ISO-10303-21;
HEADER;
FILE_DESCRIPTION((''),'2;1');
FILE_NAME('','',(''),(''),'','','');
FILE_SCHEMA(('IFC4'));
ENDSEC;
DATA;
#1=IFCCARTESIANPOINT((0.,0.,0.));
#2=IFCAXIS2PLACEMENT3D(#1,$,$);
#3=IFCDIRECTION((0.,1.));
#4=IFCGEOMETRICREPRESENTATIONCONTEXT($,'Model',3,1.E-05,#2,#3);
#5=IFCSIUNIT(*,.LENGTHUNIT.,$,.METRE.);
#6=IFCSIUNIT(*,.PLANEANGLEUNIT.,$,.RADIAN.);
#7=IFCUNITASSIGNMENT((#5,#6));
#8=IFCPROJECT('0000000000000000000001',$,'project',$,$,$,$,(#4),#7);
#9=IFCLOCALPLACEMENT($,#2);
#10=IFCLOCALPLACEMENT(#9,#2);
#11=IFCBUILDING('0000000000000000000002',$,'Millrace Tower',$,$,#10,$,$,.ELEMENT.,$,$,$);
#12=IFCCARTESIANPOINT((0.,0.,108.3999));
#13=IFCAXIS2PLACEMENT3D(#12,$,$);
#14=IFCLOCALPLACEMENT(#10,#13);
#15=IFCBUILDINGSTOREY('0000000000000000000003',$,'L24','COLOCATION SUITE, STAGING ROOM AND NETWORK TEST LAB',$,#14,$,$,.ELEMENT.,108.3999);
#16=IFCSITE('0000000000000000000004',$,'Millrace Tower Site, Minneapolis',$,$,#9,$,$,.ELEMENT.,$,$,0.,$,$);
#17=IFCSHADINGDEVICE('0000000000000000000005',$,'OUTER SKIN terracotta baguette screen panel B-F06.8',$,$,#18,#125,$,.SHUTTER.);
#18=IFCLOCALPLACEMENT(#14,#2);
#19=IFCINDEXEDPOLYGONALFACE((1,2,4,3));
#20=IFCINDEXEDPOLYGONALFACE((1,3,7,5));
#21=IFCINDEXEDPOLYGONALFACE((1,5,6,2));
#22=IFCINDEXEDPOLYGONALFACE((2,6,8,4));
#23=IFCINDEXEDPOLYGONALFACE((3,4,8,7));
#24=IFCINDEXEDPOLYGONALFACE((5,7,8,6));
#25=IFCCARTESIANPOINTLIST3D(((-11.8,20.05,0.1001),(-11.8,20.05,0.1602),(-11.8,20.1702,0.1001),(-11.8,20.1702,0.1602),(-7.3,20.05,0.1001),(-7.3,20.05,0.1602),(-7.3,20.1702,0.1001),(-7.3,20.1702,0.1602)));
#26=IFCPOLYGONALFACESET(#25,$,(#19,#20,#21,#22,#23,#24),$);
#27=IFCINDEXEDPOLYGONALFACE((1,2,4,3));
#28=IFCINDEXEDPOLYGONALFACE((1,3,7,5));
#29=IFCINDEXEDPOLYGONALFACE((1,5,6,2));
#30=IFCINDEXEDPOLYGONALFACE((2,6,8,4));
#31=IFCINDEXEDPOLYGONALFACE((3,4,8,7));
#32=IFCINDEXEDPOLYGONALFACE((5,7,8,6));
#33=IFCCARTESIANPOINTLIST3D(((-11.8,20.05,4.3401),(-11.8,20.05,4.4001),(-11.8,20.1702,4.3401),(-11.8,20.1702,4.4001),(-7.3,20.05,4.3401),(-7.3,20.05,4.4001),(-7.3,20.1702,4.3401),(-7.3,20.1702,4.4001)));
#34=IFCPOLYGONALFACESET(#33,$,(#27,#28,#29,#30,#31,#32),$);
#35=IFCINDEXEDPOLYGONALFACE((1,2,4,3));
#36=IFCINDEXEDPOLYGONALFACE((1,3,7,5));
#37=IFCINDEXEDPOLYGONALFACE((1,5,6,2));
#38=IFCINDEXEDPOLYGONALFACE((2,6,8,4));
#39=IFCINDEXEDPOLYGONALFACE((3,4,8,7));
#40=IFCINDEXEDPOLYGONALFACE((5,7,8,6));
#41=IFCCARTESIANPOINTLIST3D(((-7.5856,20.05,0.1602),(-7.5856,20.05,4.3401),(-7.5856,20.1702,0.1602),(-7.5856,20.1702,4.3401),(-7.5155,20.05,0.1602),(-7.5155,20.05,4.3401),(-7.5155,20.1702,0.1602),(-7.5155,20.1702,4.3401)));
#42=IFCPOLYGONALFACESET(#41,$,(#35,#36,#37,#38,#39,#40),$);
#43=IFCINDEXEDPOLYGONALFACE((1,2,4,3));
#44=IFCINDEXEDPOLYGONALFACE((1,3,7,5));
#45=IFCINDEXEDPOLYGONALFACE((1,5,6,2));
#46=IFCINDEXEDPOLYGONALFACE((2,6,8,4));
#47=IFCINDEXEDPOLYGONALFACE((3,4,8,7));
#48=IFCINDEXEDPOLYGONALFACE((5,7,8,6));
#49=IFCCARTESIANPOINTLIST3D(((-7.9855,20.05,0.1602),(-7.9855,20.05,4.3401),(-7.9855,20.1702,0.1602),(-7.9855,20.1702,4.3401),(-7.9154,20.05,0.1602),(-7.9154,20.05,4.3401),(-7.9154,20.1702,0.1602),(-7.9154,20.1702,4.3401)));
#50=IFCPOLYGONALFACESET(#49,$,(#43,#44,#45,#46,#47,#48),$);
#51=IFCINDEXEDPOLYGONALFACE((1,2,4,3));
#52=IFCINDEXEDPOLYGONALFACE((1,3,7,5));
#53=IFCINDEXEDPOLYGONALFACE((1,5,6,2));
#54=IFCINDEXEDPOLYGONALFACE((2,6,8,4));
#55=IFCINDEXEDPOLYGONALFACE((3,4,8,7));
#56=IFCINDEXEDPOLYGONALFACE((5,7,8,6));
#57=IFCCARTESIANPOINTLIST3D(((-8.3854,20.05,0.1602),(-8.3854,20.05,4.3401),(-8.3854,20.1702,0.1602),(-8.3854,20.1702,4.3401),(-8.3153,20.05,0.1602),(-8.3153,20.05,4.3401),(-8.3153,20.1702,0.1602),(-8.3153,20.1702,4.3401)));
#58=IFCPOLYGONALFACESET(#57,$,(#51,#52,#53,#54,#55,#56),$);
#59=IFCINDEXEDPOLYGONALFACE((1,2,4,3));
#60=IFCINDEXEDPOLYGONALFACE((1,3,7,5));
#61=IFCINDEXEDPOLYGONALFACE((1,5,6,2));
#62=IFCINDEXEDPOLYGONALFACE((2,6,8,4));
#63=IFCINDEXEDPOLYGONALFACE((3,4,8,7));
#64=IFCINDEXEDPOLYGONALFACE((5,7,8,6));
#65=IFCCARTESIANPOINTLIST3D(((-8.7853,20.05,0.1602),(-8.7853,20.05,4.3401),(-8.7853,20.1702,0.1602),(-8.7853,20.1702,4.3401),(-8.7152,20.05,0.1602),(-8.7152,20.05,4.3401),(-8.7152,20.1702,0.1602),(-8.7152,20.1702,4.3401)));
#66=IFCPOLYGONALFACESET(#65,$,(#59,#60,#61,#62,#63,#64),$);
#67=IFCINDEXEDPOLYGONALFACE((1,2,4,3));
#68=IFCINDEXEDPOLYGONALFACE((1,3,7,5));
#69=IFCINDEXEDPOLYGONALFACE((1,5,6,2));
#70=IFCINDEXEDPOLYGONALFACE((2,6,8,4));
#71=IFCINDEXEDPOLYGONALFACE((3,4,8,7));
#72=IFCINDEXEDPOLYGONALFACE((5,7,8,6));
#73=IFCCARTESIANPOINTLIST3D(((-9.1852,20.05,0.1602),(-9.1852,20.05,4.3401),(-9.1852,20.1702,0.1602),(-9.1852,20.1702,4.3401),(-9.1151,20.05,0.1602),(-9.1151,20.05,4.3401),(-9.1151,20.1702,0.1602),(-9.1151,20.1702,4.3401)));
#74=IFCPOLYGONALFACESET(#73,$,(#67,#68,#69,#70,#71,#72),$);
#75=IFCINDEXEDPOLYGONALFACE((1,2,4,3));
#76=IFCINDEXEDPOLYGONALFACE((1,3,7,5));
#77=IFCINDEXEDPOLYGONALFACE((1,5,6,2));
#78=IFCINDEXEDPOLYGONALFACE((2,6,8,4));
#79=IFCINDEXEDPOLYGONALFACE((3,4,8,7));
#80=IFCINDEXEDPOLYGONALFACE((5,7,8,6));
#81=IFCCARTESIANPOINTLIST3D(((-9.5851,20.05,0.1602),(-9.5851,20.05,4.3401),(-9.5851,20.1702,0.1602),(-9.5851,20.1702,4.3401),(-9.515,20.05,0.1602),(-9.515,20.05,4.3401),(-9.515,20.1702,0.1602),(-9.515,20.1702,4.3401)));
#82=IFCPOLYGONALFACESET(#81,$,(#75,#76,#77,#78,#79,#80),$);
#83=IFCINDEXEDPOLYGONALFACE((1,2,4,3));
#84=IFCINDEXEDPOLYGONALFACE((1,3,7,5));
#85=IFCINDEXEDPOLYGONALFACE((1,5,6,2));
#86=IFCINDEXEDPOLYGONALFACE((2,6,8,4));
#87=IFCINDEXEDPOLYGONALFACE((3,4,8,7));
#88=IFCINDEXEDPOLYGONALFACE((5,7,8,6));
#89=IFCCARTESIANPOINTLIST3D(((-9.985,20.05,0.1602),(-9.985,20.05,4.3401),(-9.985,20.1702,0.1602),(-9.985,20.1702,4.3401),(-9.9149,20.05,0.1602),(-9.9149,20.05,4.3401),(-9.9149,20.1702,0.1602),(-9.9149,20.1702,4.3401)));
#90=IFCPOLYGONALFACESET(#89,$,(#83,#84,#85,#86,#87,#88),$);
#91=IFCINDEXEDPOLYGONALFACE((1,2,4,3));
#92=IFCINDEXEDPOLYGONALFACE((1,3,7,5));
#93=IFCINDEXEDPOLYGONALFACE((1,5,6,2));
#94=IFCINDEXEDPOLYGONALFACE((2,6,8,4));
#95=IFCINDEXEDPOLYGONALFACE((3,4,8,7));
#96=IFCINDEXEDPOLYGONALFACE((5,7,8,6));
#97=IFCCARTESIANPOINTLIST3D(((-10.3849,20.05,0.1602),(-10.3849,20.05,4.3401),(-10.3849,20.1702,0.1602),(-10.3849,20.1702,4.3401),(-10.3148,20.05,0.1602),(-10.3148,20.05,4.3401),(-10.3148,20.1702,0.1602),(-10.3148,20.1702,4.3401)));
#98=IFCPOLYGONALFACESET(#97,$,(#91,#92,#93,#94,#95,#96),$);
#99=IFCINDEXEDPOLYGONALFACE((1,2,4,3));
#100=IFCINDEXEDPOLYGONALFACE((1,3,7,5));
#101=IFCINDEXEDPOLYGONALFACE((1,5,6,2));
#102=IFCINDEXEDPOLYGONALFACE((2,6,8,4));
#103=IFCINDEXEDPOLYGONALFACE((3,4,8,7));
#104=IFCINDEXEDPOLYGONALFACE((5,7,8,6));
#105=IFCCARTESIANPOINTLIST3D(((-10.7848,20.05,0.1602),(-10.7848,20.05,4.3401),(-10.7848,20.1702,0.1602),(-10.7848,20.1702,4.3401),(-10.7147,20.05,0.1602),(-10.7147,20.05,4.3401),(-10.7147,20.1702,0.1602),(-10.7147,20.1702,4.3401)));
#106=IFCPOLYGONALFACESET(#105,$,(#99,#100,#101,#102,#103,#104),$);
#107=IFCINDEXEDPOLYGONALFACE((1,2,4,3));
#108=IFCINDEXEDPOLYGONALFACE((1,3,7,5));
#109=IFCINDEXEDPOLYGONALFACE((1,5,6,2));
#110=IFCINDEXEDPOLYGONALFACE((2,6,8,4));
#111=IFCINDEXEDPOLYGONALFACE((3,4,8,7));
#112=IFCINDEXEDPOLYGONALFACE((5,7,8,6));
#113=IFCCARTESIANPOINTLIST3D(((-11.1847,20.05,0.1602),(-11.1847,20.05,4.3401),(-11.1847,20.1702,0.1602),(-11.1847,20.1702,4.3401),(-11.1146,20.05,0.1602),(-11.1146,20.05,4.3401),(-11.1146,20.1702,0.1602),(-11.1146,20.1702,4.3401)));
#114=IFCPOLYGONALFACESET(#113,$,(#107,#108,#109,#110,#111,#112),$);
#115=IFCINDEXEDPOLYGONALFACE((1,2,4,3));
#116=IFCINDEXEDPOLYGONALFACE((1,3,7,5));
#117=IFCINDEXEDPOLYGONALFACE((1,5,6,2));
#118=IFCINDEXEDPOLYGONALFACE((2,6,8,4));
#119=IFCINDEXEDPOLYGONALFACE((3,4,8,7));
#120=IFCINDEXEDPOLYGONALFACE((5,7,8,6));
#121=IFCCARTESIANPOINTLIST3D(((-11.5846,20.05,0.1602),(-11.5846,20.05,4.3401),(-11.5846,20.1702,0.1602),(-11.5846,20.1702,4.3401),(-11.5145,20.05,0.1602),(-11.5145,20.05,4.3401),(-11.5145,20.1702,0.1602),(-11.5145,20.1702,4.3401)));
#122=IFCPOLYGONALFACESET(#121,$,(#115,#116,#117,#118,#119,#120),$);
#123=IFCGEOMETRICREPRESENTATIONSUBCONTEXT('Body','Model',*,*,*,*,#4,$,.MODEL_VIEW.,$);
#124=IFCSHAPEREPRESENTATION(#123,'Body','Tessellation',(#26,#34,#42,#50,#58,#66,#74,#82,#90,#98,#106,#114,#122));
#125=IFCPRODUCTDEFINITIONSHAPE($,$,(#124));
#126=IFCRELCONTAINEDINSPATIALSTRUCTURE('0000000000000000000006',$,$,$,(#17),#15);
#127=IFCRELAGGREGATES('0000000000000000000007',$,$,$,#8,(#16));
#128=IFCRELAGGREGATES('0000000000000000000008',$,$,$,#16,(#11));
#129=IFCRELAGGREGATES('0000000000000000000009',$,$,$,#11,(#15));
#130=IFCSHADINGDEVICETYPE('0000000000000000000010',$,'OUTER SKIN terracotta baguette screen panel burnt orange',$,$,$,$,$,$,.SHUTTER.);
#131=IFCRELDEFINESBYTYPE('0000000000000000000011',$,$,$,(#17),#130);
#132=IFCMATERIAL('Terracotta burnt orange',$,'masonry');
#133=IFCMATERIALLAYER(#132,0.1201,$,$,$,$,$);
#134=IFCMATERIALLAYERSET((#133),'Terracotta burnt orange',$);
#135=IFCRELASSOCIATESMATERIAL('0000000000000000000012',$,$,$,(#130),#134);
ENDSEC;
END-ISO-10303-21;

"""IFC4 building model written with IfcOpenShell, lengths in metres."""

from ifc_helpers import new_model, entity, si_unit, direction, frame, frame_2d, origin, origin_2d, place, context, subcontext, project, spatial, rectangle, extrude, source, transform, mapped, material, layer, layer_set, type_object, element, save


model = new_model("IFC4")

# Units and contexts
model_context = context("Model", 3, precision=1e-05, world=origin(), true_north=direction((0.0, 1.0)))
body_context = subcontext(model_context, "Body", "Model", "MODEL_VIEW")
ifc_project = project(units=[si_unit("LENGTHUNIT", "METRE"), si_unit("PLANEANGLEUNIT", "RADIAN")], contexts=[model_context])

# Site, building, storey
site_placement = place(None, origin())
site = spatial("IfcSite", under=ifc_project, at=site_placement, Name="Millrace Tower Site, Minneapolis", CompositionType="ELEMENT", RefElevation=0.0)
building_placement = place(site_placement, origin())
building = spatial("IfcBuilding", under=site, at=building_placement, Name="Millrace Tower", CompositionType="ELEMENT")
storey_placement = place(building_placement, frame((0.0, 0.0, 108.3999)))
storey = spatial("IfcBuildingStorey", under=building, at=storey_placement, Name="L24", Description="COLOCATION SUITE, STAGING ROOM AND NETWORK TEST LAB", CompositionType="ELEMENT", Elevation=108.3999)

# Shading device
ifc_material_1 = material(Name="Terracotta burnt orange", Category="masonry")
ifc_layer_1 = layer(ifc_material_1, 0.1201)
ifc_layer_set_1 = layer_set([ifc_layer_1], Name="Terracotta burnt orange")
shading_device_type = type_object("IfcShadingDeviceType", Name="OUTER SKIN terracotta baguette screen panel burnt orange", PredefinedType="SHUTTER", material=ifc_layer_set_1)
cartesian_point = entity("IfcCartesianPoint", [-2.25, 0.0601])
shared_polyline = entity("IfcPolyline", [cartesian_point, entity("IfcCartesianPoint", [2.25, 0.0601]), entity("IfcCartesianPoint", [2.25, -0.0601]), entity("IfcCartesianPoint", [-2.25, -0.0601]), cartesian_point])
shared_shape = source(origin(), body_context, "Body", "SweptSolid", [
    entity("IfcExtrudedAreaSolid", entity("IfcArbitraryClosedProfileDef", "AREA", None, shared_polyline), entity("IfcAxis2Placement3D", entity("IfcCartesianPoint", [0.0, 0.0, 0.0])), entity("IfcDirection", [0.0, 0.0, 1.0]), 0.0601),
    entity("IfcExtrudedAreaSolid", entity("IfcArbitraryClosedProfileDef", "AREA", None, shared_polyline), entity("IfcAxis2Placement3D", entity("IfcCartesianPoint", [0.0, 0.0, 4.24])), entity("IfcDirection", [0.0, 0.0, 1.0]), 0.0601),
    extrude(rectangle(XDim=0.0701, YDim=0.1201, at=frame_2d((-1.9995, 0.0))), frame((0.0, 0.0, 0.0601)), (0.0, 0.0, 1.0), 4.1799),
    extrude(rectangle(XDim=0.0701, YDim=0.1201, at=frame_2d((-1.5996, 0.0))), frame((0.0, 0.0, 0.0601)), (0.0, 0.0, 1.0), 4.1799),
    extrude(rectangle(XDim=0.0701, YDim=0.1201, at=frame_2d((-1.1997, 0.0))), frame((0.0, 0.0, 0.0601)), (0.0, 0.0, 1.0), 4.1799),
    extrude(rectangle(XDim=0.0701, YDim=0.1201, at=frame_2d((-0.7998, 0.0))), frame((0.0, 0.0, 0.0601)), (0.0, 0.0, 1.0), 4.1799),
    extrude(rectangle(XDim=0.0701, YDim=0.1201, at=frame_2d((-0.3999, 0.0))), frame((0.0, 0.0, 0.0601)), (0.0, 0.0, 1.0), 4.1799),
    extrude(rectangle(XDim=0.0701, YDim=0.1201, at=origin_2d()), frame((0.0, 0.0, 0.0601)), (0.0, 0.0, 1.0), 4.1799),
    extrude(rectangle(XDim=0.0701, YDim=0.1201, at=frame_2d((0.3999, 0.0))), frame((0.0, 0.0, 0.0601)), (0.0, 0.0, 1.0), 4.1799),
    extrude(rectangle(XDim=0.0701, YDim=0.1201, at=frame_2d((0.7998, 0.0))), frame((0.0, 0.0, 0.0601)), (0.0, 0.0, 1.0), 4.1799),
    extrude(rectangle(XDim=0.0701, YDim=0.1201, at=frame_2d((1.1997, 0.0))), frame((0.0, 0.0, 0.0601)), (0.0, 0.0, 1.0), 4.1799),
    extrude(rectangle(XDim=0.0701, YDim=0.1201, at=frame_2d((1.5996, 0.0))), frame((0.0, 0.0, 0.0601)), (0.0, 0.0, 1.0), 4.1799),
    extrude(rectangle(XDim=0.0701, YDim=0.1201, at=frame_2d((1.9995, 0.0))), frame((0.0, 0.0, 0.0601)), (0.0, 0.0, 1.0), 4.1799),
])
for number, where, z_axis, x_axis, name in (
    (1, (-9.55, 20.1101, 0.1001), (0.0, 0.0, 1.0), (-1.0, 0.0, 0.0), "OUTER SKIN terracotta baguette screen panel B-F06.8"),
):
    element("IfcShadingDevice", number, at=place(storey_placement, frame(where, z_axis=z_axis, x_axis=x_axis)), inside=storey, type_object=shading_device_type, Name=name, PredefinedType="SHUTTER", context=body_context, shape_type="MappedRepresentation", body=[
        mapped(shared_shape, transform((0.0, 0.0, 0.0), scale=1.0)),
    ])

save(model, "model.ifc")
